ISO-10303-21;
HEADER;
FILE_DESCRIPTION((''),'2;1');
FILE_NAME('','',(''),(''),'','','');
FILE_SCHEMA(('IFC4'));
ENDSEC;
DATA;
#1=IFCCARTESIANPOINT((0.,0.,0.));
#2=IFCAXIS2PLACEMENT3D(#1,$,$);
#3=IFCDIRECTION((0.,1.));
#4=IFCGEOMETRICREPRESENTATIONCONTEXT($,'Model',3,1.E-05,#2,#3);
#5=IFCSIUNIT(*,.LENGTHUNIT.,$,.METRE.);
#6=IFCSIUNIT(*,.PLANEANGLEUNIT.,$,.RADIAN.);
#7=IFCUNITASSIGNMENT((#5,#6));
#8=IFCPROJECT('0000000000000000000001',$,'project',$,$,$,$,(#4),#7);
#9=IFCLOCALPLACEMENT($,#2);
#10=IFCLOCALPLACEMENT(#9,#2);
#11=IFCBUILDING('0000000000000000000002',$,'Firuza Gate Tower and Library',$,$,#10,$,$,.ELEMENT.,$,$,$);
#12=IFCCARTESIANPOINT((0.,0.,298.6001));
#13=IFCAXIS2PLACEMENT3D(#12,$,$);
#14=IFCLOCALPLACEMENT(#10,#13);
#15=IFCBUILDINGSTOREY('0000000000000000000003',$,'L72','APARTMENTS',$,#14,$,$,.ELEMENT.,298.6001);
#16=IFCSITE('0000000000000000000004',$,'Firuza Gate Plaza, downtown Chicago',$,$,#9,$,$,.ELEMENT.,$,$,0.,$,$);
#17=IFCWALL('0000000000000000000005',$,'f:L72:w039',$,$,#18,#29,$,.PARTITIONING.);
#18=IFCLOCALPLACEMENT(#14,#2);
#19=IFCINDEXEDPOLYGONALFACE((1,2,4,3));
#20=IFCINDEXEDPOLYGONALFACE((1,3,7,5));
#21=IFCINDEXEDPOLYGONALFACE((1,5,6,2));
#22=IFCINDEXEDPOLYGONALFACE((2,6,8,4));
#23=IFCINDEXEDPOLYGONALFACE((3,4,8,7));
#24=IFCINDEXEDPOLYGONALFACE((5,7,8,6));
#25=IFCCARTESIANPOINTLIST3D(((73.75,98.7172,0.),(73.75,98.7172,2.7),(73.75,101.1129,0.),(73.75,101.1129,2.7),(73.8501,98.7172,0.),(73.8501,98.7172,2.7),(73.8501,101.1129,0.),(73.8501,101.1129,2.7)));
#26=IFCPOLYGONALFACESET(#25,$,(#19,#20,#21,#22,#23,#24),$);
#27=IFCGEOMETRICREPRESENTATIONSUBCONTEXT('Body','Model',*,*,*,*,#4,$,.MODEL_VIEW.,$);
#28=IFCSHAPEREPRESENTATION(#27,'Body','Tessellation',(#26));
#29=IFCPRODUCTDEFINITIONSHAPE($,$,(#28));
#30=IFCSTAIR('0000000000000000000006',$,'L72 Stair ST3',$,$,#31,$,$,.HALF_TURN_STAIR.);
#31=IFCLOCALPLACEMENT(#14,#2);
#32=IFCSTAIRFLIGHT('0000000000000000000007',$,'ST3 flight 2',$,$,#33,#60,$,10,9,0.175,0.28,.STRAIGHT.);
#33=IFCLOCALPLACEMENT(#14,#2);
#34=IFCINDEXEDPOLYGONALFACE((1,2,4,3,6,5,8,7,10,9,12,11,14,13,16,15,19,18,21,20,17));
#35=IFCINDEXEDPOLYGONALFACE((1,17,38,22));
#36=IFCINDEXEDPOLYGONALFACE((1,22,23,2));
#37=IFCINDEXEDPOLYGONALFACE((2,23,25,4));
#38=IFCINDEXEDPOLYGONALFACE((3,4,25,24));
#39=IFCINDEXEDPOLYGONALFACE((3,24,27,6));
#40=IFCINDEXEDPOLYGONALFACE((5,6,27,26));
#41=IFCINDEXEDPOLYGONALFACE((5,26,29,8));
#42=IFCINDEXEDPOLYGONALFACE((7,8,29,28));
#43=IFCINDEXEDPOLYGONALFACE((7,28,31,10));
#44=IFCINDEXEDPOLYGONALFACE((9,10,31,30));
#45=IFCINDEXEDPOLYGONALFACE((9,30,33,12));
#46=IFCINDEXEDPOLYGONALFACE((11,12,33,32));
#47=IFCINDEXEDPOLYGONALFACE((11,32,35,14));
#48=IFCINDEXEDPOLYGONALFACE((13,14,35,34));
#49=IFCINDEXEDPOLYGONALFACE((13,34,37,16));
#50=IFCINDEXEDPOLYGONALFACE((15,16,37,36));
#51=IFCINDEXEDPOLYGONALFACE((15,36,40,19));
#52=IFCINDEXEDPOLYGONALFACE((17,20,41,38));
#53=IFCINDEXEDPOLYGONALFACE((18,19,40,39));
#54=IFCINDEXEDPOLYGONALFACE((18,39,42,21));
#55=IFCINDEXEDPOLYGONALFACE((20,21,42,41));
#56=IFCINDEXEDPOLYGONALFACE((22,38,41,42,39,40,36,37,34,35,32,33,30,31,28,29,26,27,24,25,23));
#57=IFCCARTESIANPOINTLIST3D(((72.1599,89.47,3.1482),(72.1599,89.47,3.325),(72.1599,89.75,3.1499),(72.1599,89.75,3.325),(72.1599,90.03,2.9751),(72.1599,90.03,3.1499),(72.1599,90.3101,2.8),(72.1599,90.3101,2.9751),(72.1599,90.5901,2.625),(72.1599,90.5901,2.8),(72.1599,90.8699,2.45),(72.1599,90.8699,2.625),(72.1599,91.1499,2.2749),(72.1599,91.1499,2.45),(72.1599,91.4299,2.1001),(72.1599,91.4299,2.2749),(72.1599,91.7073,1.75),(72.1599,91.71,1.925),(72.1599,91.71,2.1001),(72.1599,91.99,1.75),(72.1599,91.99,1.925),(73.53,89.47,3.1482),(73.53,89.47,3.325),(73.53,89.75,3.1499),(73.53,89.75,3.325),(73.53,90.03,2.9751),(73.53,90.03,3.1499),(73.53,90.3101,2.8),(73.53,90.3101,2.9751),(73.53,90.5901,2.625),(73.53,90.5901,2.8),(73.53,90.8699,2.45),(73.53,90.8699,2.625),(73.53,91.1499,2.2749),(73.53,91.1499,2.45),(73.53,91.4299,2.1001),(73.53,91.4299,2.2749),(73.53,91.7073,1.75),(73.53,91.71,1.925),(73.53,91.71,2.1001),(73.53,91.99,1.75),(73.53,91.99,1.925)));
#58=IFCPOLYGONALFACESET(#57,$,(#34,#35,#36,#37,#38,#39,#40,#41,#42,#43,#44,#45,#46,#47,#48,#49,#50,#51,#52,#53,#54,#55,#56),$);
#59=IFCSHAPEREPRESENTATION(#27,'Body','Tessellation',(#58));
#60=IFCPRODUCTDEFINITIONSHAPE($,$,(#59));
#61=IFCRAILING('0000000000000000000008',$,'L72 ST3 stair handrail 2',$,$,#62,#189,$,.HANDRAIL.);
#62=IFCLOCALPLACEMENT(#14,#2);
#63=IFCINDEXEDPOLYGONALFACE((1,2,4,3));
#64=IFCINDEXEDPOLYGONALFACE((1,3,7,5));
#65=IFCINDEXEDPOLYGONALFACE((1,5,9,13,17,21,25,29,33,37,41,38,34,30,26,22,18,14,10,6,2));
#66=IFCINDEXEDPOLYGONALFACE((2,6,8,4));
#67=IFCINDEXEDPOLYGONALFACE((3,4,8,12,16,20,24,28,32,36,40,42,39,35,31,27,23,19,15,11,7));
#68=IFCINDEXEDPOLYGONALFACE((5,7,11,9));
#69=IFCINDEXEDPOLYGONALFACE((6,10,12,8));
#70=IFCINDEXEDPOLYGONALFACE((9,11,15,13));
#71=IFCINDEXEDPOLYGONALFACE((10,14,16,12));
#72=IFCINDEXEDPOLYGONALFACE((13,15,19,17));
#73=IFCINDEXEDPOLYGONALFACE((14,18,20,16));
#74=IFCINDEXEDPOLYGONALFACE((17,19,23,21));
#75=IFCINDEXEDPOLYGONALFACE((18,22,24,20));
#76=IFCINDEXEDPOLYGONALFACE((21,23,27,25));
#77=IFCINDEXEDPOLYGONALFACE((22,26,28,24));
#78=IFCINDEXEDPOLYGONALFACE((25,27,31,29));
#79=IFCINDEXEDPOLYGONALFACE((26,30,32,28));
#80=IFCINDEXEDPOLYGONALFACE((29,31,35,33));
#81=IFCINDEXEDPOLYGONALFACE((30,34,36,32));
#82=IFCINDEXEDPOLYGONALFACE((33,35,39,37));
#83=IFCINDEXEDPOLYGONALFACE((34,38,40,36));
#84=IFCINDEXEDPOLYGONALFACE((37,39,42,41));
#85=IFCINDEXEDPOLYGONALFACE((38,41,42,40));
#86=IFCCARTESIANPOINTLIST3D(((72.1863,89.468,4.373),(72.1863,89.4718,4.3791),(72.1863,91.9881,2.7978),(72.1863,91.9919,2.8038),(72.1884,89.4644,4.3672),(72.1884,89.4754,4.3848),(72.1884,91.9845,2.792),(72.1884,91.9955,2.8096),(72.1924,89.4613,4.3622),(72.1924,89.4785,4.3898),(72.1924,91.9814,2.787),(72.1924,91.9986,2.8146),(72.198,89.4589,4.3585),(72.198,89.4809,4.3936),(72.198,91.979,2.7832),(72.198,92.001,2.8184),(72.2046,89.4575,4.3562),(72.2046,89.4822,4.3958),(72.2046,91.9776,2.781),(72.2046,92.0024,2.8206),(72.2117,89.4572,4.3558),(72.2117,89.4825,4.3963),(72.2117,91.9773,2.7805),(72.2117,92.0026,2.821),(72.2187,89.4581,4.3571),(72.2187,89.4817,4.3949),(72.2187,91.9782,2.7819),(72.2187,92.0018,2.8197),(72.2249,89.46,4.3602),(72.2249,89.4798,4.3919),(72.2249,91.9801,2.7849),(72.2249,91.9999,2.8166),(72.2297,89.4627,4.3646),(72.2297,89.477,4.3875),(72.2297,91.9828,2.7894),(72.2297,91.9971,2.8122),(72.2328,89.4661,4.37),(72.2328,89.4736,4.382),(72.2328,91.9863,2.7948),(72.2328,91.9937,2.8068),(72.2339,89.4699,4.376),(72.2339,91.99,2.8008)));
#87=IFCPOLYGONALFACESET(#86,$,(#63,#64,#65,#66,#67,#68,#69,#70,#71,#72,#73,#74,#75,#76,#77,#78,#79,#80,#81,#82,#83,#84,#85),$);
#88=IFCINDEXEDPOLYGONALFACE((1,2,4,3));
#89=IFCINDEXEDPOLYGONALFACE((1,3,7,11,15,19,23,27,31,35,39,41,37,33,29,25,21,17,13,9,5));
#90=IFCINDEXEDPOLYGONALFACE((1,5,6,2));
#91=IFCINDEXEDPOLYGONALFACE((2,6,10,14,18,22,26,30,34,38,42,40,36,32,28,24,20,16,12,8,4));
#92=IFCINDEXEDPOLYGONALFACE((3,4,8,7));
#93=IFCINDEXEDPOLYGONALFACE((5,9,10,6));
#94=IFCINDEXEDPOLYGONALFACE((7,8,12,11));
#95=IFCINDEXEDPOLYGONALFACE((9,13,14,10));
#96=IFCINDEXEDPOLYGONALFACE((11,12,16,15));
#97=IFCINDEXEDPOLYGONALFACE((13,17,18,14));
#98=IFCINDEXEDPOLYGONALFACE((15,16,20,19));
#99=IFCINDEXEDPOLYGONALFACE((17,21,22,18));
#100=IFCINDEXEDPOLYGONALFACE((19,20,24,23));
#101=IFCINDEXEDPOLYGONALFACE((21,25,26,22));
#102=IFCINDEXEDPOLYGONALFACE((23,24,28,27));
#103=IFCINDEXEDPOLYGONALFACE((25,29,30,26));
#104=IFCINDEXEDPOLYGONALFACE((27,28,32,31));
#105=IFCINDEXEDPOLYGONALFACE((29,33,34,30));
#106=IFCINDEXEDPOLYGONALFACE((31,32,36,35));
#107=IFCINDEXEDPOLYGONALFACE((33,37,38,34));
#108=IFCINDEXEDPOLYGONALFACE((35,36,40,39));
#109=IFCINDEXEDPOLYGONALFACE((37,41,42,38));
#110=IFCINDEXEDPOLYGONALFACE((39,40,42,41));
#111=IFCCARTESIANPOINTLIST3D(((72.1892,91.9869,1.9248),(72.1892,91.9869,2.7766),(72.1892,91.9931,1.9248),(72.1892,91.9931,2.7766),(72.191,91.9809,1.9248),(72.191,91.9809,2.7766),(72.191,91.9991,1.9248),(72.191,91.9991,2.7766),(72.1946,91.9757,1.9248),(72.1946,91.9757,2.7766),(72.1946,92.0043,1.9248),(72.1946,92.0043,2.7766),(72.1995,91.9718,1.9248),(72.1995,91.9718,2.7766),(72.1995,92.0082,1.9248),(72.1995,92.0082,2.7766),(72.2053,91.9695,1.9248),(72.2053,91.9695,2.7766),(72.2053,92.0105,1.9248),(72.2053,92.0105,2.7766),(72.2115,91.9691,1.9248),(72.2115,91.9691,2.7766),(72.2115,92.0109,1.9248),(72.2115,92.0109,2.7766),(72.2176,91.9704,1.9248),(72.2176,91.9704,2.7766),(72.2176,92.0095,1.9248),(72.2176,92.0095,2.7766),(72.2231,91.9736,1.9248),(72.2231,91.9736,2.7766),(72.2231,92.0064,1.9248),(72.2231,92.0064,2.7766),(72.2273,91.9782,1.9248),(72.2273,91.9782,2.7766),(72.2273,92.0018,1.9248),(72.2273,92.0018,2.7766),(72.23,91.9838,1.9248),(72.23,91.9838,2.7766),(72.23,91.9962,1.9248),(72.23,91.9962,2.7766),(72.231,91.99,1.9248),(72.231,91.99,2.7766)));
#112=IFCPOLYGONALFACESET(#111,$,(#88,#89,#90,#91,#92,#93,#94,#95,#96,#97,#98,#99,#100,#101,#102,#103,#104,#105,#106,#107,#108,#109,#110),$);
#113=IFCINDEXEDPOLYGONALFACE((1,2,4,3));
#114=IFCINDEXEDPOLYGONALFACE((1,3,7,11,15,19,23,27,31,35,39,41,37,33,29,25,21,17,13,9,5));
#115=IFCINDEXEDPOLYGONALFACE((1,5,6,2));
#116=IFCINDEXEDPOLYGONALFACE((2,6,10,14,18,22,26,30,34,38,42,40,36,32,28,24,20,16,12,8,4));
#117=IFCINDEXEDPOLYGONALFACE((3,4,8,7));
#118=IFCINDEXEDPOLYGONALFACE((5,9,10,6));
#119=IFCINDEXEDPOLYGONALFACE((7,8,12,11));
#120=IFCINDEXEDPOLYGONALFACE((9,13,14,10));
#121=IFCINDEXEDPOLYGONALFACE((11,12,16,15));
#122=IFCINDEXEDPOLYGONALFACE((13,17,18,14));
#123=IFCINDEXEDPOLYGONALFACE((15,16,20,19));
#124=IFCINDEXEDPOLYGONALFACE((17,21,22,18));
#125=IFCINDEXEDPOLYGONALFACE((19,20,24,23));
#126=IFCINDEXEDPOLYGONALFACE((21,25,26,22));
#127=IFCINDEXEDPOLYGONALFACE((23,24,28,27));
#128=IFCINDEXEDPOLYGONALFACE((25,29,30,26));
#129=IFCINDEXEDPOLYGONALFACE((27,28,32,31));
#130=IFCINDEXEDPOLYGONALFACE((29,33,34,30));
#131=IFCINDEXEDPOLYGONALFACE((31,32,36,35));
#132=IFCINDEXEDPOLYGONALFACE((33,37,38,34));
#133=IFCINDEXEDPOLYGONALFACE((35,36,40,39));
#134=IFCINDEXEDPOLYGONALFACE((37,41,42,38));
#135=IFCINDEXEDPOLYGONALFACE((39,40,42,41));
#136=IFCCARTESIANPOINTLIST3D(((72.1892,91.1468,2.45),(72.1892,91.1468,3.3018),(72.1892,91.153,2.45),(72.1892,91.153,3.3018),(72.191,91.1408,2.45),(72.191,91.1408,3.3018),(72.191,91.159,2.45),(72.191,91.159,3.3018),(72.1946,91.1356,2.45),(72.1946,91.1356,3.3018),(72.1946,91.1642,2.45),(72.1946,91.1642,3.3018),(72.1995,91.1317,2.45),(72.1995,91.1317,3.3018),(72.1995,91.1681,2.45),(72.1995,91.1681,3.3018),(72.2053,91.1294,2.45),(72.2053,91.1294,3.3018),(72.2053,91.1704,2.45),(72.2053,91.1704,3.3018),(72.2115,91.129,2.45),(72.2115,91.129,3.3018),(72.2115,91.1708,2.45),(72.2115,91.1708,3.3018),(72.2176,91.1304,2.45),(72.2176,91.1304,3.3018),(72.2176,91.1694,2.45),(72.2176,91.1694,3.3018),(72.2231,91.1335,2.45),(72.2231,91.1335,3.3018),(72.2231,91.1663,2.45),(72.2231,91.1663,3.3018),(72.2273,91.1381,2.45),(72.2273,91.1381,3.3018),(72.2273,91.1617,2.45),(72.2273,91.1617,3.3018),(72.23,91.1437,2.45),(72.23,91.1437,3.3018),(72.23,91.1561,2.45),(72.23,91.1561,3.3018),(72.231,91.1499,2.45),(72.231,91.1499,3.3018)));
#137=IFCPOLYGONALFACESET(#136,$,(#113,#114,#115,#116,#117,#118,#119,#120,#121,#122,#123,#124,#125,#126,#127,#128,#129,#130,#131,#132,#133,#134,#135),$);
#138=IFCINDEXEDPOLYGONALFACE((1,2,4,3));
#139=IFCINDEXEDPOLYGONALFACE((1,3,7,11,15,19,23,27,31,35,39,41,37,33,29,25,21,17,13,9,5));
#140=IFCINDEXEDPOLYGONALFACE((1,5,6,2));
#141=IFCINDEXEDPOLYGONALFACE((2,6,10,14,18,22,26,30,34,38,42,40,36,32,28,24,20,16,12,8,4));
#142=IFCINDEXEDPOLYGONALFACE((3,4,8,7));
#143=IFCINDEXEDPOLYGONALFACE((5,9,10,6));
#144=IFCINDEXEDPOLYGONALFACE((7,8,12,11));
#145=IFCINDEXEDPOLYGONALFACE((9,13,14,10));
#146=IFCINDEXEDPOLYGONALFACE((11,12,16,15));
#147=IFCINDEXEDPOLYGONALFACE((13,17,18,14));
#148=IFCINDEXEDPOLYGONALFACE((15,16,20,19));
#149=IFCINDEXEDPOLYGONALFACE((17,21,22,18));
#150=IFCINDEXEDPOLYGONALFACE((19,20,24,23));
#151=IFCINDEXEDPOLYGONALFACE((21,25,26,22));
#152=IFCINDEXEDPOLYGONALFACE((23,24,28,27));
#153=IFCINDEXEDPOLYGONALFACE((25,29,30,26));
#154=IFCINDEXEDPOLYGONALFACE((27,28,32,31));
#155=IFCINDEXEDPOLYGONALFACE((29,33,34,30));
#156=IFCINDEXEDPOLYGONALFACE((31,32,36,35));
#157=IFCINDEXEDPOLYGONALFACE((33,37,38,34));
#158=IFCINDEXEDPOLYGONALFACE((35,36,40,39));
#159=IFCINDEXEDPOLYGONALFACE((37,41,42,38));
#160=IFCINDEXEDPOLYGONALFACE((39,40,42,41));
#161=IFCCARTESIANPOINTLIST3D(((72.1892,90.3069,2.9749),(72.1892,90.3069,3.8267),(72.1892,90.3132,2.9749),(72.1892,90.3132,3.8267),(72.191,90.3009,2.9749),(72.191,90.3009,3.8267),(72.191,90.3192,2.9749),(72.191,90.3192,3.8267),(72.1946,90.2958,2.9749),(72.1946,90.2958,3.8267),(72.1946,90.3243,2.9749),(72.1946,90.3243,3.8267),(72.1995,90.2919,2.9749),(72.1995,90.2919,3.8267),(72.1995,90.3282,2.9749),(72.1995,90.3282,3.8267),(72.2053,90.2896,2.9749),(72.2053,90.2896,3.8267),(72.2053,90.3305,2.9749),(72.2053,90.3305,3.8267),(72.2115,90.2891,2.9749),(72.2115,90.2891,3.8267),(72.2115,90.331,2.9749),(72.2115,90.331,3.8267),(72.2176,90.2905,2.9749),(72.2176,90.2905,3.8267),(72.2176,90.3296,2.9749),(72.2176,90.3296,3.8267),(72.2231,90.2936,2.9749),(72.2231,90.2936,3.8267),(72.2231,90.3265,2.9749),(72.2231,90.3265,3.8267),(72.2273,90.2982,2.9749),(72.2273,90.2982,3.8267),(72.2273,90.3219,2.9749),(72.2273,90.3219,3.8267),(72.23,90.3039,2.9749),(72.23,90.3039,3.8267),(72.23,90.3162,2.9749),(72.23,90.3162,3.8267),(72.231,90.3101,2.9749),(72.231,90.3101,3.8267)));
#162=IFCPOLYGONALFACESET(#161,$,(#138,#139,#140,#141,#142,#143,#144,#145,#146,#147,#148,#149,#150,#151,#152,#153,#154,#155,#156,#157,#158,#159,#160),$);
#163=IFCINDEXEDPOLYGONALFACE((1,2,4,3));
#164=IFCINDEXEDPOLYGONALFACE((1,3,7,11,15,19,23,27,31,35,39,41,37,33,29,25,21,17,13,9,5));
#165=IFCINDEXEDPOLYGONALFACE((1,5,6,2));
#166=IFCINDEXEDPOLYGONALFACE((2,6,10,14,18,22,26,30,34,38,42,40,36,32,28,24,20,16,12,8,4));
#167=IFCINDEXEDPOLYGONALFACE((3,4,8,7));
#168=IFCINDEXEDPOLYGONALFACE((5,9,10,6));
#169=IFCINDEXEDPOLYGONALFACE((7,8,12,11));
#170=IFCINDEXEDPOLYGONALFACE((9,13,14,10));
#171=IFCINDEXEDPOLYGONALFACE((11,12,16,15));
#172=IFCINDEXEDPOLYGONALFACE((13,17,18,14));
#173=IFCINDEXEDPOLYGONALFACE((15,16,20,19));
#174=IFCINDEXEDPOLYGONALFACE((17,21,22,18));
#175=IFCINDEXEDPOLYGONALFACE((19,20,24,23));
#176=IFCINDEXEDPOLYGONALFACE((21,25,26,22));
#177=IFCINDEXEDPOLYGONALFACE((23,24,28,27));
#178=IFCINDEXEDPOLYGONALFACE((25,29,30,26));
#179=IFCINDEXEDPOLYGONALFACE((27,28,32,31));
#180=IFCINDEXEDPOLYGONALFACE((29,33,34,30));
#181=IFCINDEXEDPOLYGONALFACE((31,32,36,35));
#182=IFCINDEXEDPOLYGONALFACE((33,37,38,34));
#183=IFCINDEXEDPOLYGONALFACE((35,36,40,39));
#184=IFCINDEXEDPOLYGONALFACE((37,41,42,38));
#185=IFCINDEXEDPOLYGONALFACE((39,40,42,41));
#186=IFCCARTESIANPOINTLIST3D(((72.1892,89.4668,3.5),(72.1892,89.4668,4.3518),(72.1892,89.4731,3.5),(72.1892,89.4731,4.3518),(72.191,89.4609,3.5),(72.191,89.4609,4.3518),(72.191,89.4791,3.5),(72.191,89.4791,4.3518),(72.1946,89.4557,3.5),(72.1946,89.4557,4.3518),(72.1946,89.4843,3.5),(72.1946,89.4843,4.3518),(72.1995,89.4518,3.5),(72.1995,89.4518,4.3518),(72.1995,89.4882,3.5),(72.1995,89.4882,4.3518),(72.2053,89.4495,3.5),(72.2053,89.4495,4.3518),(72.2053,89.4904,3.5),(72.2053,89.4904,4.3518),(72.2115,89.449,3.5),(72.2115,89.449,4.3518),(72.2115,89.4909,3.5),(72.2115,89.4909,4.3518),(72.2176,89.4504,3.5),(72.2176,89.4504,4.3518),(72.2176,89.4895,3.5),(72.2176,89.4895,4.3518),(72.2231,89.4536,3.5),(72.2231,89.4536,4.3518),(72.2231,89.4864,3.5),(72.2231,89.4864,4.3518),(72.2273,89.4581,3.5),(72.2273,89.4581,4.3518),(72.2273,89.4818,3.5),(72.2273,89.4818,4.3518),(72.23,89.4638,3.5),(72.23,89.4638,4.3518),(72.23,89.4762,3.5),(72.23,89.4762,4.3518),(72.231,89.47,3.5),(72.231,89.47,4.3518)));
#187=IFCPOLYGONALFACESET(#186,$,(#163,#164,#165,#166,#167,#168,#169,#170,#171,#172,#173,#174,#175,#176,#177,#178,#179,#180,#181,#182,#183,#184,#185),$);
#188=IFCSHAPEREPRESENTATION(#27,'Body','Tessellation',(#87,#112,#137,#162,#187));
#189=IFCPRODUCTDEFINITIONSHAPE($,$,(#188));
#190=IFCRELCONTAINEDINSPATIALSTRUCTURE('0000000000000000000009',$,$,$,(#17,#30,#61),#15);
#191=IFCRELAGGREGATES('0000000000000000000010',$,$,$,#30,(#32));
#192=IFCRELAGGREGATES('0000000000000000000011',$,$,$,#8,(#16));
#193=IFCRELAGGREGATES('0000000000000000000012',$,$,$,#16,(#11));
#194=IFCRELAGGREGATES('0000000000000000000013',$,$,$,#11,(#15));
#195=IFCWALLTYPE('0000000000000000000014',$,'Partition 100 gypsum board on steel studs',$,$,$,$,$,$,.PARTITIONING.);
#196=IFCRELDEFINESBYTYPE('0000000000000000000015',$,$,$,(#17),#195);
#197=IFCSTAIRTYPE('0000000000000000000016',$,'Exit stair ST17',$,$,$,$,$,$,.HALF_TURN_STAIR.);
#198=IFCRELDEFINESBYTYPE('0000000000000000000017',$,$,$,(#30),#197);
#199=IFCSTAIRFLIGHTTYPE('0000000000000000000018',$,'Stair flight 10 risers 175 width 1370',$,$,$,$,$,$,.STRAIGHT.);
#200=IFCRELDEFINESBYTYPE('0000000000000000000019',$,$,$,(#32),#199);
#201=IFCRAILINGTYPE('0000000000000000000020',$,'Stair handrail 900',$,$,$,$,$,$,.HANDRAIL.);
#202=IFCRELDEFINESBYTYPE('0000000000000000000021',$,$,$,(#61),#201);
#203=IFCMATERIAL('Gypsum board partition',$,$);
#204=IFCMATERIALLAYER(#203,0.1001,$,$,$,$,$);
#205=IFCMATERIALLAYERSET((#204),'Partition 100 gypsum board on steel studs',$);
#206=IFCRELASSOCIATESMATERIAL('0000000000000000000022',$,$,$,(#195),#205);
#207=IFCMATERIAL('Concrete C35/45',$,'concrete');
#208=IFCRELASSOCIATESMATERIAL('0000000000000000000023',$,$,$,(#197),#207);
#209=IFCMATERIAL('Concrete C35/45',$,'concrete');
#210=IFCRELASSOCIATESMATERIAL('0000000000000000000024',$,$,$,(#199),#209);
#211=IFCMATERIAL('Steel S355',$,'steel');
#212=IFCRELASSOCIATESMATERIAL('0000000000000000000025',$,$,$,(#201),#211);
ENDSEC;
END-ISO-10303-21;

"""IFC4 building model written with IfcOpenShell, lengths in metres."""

from ifc_helpers import new_model, si_unit, direction, frame, frame_2d, origin, origin_2d, place, context, subcontext, project, spatial, polyline, rectangle, circle, outline, extrude, material, layer, layer_set, type_object, element, aggregate, save


model = new_model("IFC4")

# Units and contexts
model_context = context("Model", 3, precision=1e-05, world=origin(), true_north=direction((0.0, 1.0)))
body_context = subcontext(model_context, "Body", "Model", "MODEL_VIEW")
ifc_project = project(units=[si_unit("LENGTHUNIT", "METRE"), si_unit("PLANEANGLEUNIT", "RADIAN")], contexts=[model_context])

# Site, building, storey
site_placement = place(None, origin())
site = spatial("IfcSite", under=ifc_project, at=site_placement, Name="Firuza Gate Plaza, downtown Chicago", CompositionType="ELEMENT", RefElevation=0.0)
building_placement = place(site_placement, origin())
building = spatial("IfcBuilding", under=site, at=building_placement, Name="Firuza Gate Tower and Library", CompositionType="ELEMENT")
storey_placement = place(building_placement, frame((0.0, 0.0, 298.6001)))
storey = spatial("IfcBuildingStorey", under=building, at=storey_placement, Name="L72", Description="APARTMENTS", CompositionType="ELEMENT", Elevation=298.6001)

# Shared definitions
placement = place(storey_placement, origin())

# Wall
ifc_material_1 = material(Name="Gypsum board partition")
ifc_layer_1 = layer(ifc_material_1, 0.1001)
ifc_layer_set_1 = layer_set([ifc_layer_1], Name="Partition 100 gypsum board on steel studs")
wall_type_1 = type_object("IfcWallType", Name="Partition 100 gypsum board on steel studs", PredefinedType="PARTITIONING", material=ifc_layer_set_1)
wall_1_placement = place(storey_placement, frame((73.8, 98.7173, 0.0), z_axis=(0.0, 0.0, 1.0), x_axis=(0.0, 1.0, 0.0)))
element("IfcWall", 1, at=wall_1_placement, inside=storey, type_object=wall_type_1, Name="f:L72:w039", PredefinedType="PARTITIONING", context=body_context, shape_type="SweptSolid", body=[
    extrude(rectangle(XDim=2.3958, YDim=0.1001, at=frame_2d((1.1978, 0.0))), origin(), (0.0, 0.0, 1.0), 2.7),
])

# Stair, stair flight
ifc_material_2 = material(Name="Concrete C35/45", Category="concrete")
stair_type = type_object("IfcStairType", Name="Exit stair ST17", PredefinedType="HALF_TURN_STAIR", material=ifc_material_2)
stair = element("IfcStair", 2, at=placement, inside=storey, type_object=stair_type, Name="L72 Stair ST3", PredefinedType="HALF_TURN_STAIR")
ifc_material_3 = material(Name="Concrete C35/45", Category="concrete")
stair_flight_type = type_object("IfcStairFlightType", Name="Stair flight 10 risers 175 width 1370", PredefinedType="STRAIGHT", material=ifc_material_3)
stair_flight_placement = place(storey_placement, frame((72.845, 91.99, 1.75), z_axis=(0.0, 0.0, 1.0), x_axis=(0.0, -1.0, 0.0)))
stair_flight = element("IfcStairFlight", 3, at=stair_flight_placement, type_object=stair_flight_type, Name="ST3 flight 2", NumberOfRisers=10, NumberOfTreads=9, PredefinedType="STRAIGHT", RiserHeight=0.175, TreadLength=0.28, context=body_context, shape_type="SweptSolid", body=[
    extrude(outline(polyline([(0.0, 0.0), (0.0, 0.175), (0.28, 0.175), (0.28, 0.3501), (0.5601, 0.3501), (0.5601, 0.5249), (0.8401, 0.5249), (0.8401, 0.7), (1.1201, 0.7), (1.1201, 0.875), (1.3999, 0.875), (1.3999, 1.05), (1.6799, 1.05), (1.6799, 1.2251), (1.96, 1.2251), (1.96, 1.3999), (2.24, 1.3999), (2.24, 1.575), (2.52, 1.575), (2.52, 1.75), (2.52, 1.3982), (0.2827, 0.0), (0.0, 0.0)])), frame((0.0, 0.6851, 0.0), z_axis=(0.0, -1.0, 0.0), x_axis=(1.0, 0.0, 0.0)), (0.0, 0.0, 1.0), 1.3701),
])
aggregate(stair, [stair_flight])

# Railing
ifc_material_4 = material(Name="Steel S355", Category="steel")
railing_type = type_object("IfcRailingType", Name="Stair handrail 900", PredefinedType="HANDRAIL", material=ifc_material_4)
railing_placement = place(storey_placement, frame((72.21, 91.99, 1.9248)))
element("IfcRailing", 4, at=railing_placement, inside=storey, type_object=railing_type, Name="L72 ST3 stair handrail 2", PredefinedType="HANDRAIL", context=body_context, shape_type="SweptSolid", body=[
    extrude(circle(Radius=0.0239, at=origin_2d()), frame((0.0, 0.0, 0.876), z_axis=(0.0, -0.847971, 0.530043), x_axis=(1.0, 0.0, 0.0)), (0.0, 0.0, 1.0), 2.9719),
    extrude(circle(Radius=0.021, at=origin_2d()), origin(), (0.0, 0.0, 1.0), 0.8518),
    extrude(circle(Radius=0.021, at=origin_2d()), frame((0.0, -0.8401, 0.5251)), (0.0, 0.0, 1.0), 0.8518),
    extrude(circle(Radius=0.021, at=origin_2d()), frame((0.0, -1.6799, 1.05)), (0.0, 0.0, 1.0), 0.8518),
    extrude(circle(Radius=0.021, at=origin_2d()), frame((0.0, -2.52, 1.5752)), (0.0, 0.0, 1.0), 0.8518),
])

save(model, "model.ifc")
